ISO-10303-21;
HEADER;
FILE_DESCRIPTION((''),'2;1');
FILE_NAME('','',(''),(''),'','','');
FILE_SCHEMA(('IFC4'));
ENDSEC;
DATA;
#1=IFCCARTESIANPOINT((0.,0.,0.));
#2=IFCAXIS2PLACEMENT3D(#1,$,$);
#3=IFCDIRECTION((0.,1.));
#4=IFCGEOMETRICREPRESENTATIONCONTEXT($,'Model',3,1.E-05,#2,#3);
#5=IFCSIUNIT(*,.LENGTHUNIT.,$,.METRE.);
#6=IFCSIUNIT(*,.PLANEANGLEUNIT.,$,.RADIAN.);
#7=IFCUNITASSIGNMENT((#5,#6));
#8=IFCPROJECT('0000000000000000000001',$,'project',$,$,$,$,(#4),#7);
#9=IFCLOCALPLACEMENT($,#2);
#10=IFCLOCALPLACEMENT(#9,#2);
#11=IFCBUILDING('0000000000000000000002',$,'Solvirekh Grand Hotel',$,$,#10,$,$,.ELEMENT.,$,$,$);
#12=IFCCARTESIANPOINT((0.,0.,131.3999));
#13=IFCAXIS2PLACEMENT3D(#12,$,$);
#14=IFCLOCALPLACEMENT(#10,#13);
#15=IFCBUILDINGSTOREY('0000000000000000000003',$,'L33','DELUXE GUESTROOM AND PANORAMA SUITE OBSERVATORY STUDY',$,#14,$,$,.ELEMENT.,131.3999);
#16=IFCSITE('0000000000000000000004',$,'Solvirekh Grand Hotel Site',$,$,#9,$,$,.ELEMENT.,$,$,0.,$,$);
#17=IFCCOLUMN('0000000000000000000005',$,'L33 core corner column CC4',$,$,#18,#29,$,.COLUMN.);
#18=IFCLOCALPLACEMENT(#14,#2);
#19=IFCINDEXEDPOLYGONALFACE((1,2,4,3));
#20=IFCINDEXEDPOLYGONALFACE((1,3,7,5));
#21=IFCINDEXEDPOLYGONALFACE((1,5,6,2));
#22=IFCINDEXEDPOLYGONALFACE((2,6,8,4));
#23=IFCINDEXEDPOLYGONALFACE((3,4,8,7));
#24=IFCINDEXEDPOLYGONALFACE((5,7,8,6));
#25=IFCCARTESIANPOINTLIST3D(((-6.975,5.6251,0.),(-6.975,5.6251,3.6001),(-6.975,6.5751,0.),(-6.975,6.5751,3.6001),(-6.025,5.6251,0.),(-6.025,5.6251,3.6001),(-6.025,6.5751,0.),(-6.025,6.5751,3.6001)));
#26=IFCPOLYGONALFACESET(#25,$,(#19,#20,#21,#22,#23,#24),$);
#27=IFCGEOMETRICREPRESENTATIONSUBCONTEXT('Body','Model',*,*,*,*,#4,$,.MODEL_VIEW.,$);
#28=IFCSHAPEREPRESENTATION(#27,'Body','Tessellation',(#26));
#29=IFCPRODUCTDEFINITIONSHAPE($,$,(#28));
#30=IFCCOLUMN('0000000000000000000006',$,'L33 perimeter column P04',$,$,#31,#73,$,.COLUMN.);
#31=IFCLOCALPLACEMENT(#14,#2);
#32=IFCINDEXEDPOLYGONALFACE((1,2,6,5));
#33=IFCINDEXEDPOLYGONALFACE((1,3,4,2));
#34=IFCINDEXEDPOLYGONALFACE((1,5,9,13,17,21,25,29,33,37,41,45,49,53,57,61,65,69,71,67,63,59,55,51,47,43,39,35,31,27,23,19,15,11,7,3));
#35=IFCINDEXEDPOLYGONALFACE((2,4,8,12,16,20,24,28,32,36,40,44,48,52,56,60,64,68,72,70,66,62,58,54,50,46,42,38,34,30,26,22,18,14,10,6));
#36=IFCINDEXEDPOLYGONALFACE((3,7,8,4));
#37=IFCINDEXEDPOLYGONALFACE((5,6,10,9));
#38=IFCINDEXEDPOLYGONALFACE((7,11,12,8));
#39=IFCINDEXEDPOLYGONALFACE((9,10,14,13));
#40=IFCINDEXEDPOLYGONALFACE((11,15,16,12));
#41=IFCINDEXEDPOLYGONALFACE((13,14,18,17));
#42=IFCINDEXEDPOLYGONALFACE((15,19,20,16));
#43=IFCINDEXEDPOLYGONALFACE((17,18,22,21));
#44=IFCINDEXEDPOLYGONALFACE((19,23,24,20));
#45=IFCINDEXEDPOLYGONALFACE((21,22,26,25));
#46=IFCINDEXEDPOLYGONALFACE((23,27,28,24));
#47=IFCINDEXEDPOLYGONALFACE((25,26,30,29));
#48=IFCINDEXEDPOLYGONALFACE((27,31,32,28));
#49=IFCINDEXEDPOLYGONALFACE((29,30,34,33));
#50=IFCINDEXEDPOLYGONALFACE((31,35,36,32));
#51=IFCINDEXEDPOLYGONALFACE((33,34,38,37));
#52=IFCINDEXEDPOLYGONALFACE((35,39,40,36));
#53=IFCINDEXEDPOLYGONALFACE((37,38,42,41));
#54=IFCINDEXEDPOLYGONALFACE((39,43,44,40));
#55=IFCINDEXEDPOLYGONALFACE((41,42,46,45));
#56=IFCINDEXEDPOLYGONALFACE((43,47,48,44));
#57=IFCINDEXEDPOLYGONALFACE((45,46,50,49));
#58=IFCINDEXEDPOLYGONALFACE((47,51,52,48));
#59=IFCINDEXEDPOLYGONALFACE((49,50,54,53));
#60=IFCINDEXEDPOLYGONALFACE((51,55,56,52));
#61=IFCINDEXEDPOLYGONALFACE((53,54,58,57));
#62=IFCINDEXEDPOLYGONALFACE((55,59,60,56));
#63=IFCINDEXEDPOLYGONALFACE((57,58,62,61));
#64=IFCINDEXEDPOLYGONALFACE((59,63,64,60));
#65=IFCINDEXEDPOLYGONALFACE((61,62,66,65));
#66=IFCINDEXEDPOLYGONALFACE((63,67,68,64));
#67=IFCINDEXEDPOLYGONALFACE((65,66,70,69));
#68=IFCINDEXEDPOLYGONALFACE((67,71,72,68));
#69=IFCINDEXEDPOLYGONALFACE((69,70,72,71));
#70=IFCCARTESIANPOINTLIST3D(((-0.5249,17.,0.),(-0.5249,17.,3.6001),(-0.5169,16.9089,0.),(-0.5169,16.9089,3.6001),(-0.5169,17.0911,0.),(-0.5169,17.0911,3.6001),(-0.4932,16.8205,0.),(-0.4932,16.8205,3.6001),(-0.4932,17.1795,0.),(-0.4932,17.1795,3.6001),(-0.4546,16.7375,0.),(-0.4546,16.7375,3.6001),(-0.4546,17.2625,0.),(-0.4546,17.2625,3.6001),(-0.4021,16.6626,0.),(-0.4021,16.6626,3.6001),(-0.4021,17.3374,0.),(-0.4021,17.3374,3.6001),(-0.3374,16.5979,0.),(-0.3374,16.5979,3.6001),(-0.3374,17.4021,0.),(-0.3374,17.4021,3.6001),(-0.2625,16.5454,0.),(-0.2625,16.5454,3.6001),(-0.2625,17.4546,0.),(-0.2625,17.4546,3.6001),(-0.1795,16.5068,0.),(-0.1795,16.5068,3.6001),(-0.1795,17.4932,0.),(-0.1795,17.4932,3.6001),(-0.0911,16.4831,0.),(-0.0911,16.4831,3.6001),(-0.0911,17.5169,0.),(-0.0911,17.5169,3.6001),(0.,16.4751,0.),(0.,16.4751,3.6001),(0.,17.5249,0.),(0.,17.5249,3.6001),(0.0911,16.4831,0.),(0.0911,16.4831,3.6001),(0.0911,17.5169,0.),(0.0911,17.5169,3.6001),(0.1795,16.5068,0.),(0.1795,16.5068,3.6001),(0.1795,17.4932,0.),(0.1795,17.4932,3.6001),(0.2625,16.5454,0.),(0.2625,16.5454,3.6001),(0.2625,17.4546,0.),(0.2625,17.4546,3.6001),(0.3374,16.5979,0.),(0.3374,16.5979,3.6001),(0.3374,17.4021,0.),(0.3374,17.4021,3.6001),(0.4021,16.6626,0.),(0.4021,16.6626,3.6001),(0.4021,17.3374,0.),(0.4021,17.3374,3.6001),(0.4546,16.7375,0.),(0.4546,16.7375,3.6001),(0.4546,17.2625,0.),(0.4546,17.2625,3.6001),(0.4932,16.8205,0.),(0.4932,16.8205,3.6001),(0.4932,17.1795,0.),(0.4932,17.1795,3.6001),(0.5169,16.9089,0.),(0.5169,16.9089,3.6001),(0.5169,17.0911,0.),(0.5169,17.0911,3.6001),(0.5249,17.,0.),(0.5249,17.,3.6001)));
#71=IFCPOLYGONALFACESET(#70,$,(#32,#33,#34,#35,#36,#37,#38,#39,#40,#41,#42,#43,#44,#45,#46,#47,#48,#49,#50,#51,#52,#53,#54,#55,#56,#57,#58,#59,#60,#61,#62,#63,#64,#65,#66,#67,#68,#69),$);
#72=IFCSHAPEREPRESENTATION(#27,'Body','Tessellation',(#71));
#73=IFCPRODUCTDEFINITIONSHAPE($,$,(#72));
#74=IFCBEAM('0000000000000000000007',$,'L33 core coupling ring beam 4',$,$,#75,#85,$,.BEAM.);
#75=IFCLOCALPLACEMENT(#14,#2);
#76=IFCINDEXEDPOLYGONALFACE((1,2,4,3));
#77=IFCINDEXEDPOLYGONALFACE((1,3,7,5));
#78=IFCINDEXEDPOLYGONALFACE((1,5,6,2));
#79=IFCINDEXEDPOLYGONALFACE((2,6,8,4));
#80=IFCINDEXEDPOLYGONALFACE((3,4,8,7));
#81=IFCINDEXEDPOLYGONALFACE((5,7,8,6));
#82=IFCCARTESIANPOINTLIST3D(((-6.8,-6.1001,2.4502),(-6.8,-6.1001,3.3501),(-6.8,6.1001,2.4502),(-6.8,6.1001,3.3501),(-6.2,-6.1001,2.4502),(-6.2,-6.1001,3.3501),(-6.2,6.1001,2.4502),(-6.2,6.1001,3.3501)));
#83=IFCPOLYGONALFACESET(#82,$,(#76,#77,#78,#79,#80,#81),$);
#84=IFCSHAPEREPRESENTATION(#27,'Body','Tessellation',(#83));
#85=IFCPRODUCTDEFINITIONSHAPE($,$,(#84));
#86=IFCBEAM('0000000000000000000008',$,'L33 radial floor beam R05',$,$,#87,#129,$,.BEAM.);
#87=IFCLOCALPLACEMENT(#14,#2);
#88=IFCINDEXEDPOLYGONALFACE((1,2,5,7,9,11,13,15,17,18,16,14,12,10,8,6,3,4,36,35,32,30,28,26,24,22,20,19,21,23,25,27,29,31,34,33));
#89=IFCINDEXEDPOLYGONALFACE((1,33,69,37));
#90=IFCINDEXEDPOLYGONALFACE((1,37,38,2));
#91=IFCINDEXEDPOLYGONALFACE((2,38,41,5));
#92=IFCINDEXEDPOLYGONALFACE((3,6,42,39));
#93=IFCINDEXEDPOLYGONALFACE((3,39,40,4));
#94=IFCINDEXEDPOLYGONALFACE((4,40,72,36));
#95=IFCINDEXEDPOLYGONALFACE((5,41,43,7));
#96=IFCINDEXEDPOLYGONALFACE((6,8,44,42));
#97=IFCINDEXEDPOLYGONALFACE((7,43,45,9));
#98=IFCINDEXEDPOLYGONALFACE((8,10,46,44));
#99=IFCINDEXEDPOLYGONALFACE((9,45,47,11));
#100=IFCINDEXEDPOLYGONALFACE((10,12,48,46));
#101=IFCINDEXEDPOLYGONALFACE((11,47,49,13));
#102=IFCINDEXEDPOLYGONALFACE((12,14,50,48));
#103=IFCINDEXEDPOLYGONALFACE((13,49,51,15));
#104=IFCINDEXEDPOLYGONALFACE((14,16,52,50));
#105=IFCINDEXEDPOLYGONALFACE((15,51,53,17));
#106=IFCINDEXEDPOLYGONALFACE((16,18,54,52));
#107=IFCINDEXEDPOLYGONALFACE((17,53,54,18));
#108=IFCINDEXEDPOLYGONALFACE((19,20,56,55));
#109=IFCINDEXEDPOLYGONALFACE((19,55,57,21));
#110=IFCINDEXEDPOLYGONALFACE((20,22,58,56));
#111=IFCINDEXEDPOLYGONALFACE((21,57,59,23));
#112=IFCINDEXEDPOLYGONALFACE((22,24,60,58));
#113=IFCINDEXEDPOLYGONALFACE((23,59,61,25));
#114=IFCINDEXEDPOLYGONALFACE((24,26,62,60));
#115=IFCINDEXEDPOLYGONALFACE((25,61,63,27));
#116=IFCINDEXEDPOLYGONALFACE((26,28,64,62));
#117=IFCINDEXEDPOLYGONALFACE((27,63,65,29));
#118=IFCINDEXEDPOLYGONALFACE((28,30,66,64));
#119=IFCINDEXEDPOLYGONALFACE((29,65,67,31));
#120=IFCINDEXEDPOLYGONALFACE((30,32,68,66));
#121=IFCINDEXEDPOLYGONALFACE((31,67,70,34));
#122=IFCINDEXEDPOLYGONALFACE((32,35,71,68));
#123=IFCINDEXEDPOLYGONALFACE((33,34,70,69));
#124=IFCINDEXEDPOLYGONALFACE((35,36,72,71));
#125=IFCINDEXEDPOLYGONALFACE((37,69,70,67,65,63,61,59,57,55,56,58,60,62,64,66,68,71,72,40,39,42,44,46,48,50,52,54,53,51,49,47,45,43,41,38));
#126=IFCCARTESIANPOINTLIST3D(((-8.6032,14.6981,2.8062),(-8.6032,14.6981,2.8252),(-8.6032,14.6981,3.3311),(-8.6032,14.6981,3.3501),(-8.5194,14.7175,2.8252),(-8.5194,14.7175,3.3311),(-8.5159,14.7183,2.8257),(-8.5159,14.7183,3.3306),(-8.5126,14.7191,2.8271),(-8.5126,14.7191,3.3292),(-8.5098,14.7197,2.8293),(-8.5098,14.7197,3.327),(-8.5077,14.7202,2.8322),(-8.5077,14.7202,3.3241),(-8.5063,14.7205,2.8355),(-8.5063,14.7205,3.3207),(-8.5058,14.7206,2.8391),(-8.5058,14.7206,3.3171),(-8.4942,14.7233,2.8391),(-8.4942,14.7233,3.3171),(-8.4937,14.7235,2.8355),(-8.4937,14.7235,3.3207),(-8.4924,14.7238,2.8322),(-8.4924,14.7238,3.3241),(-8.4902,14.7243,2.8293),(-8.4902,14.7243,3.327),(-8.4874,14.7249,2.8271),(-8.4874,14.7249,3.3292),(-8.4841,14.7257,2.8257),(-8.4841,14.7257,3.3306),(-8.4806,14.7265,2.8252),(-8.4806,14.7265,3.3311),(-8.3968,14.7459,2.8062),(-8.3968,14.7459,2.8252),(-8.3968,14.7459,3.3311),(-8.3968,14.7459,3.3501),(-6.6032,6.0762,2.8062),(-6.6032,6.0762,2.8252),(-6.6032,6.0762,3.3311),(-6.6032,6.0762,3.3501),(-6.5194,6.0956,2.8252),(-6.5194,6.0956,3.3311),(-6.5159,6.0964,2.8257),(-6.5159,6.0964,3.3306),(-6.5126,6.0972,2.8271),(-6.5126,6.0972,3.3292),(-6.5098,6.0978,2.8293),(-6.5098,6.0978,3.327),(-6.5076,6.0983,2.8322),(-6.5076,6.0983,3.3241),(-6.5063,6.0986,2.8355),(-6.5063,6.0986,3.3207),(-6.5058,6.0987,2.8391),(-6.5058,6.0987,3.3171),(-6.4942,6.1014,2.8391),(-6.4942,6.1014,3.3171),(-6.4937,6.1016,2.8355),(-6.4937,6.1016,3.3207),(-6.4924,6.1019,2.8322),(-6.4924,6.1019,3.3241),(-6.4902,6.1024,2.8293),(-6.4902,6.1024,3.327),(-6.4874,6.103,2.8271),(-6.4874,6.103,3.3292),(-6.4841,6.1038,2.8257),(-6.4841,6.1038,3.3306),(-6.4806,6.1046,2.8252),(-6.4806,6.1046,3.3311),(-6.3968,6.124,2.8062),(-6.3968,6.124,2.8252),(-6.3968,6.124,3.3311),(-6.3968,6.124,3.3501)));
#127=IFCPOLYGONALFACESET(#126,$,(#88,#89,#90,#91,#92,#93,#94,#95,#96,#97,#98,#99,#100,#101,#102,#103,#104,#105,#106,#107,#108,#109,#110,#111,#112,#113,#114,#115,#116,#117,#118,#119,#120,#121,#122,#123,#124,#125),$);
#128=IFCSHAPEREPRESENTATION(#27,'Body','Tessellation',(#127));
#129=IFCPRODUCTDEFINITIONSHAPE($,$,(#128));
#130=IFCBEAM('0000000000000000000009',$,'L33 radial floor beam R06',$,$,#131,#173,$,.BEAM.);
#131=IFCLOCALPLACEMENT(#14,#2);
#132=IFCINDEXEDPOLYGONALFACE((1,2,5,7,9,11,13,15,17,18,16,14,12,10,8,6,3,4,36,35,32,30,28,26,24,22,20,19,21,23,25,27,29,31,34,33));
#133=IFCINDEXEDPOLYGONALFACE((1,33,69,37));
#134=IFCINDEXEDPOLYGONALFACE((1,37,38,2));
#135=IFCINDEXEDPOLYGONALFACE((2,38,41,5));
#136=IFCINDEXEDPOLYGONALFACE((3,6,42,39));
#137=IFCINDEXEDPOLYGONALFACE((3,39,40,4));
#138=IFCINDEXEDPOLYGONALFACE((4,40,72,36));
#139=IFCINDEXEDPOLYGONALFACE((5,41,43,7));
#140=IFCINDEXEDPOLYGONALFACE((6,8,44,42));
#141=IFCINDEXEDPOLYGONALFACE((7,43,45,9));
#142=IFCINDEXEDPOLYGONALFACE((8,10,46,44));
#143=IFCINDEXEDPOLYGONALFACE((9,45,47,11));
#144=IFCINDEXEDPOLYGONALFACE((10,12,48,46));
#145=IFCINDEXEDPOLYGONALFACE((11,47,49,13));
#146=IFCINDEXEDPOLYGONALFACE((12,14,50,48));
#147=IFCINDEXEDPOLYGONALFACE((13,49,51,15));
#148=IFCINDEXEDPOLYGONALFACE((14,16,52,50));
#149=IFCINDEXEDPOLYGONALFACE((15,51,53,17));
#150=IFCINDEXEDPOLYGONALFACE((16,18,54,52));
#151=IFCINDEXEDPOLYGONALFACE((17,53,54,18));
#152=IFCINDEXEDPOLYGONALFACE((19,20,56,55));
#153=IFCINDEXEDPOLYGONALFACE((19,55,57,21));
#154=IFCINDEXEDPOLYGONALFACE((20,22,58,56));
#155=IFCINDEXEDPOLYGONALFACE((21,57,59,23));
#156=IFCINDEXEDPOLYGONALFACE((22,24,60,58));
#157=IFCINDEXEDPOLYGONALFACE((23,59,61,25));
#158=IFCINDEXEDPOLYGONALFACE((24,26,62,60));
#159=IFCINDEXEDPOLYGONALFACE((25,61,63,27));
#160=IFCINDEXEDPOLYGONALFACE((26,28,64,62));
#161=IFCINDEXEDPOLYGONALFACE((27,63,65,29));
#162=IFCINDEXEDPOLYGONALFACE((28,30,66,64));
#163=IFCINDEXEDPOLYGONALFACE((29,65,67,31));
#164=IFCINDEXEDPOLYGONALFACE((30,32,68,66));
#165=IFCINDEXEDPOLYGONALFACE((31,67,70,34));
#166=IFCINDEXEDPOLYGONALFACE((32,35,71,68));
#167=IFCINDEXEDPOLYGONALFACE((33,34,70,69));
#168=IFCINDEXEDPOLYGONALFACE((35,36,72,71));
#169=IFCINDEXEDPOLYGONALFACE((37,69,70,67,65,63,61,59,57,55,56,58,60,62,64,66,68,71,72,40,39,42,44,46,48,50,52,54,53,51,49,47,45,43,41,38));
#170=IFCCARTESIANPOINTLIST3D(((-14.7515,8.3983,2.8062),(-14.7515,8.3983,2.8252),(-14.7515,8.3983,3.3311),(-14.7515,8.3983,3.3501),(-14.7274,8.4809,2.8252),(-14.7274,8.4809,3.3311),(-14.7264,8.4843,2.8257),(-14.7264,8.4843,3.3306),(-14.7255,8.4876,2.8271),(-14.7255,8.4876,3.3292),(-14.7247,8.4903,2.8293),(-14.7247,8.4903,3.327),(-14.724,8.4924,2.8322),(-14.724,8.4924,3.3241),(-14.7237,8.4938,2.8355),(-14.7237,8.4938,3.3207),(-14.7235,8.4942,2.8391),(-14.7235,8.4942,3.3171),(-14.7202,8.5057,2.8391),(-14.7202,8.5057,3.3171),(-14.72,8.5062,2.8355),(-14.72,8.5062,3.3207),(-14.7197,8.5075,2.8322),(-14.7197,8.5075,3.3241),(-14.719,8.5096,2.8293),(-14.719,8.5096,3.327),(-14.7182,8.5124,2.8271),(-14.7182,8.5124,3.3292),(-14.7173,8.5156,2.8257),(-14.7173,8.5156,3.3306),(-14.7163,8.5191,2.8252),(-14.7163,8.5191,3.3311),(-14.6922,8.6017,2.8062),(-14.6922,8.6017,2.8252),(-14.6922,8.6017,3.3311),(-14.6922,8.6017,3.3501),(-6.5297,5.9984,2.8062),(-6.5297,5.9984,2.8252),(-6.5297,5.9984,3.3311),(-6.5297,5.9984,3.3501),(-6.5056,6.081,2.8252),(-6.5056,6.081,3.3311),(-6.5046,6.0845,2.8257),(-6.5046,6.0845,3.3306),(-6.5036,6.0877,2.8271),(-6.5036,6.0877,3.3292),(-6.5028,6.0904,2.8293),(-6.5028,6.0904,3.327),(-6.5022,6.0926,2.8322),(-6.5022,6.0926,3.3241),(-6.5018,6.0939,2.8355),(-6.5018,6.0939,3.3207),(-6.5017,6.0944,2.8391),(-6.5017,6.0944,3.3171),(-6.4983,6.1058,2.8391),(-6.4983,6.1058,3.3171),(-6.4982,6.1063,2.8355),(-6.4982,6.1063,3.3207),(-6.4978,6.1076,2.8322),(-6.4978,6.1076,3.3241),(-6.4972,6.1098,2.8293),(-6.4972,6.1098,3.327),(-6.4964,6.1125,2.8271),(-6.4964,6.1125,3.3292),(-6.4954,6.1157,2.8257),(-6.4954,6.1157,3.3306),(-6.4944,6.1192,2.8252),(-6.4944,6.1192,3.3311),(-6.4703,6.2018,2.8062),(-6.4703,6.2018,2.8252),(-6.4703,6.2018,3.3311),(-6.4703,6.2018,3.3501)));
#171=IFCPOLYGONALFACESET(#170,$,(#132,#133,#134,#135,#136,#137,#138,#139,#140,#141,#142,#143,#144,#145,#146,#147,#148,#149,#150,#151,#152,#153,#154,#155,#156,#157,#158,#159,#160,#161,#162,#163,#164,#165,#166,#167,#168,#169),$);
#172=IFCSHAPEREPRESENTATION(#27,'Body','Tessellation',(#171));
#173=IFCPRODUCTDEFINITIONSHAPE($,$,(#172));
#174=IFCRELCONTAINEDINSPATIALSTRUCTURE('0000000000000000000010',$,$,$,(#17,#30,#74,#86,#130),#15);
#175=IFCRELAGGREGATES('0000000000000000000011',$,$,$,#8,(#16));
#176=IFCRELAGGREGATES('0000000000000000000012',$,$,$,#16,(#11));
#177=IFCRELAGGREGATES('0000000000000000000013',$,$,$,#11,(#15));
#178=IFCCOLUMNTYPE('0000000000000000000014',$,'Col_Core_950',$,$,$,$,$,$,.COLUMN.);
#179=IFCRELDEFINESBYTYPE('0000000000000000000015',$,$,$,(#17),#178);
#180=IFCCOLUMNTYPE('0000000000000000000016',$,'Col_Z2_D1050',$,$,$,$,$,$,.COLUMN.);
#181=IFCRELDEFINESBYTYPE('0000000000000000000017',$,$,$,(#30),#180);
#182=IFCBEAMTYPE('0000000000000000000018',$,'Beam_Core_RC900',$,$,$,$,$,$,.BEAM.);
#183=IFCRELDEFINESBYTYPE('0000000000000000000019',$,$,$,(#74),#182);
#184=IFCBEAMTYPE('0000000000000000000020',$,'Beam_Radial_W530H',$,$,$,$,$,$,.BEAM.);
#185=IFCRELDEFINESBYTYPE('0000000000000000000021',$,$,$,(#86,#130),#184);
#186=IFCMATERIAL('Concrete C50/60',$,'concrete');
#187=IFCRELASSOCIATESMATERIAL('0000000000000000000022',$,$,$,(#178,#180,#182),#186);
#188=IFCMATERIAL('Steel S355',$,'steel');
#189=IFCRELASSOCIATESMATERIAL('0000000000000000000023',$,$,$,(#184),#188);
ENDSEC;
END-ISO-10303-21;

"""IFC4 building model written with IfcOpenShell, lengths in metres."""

from ifc_helpers import new_model, si_unit, direction, frame, origin, origin_2d, place, context, subcontext, project, spatial, rectangle, circle, i_section, extrude, material, material_profile, profile_set, type_object, element, save


model = new_model("IFC4")

# Units and contexts
model_context = context("Model", 3, precision=1e-05, world=origin(), true_north=direction((0.0, 1.0)))
body_context = subcontext(model_context, "Body", "Model", "MODEL_VIEW")
ifc_project = project(units=[si_unit("LENGTHUNIT", "METRE"), si_unit("PLANEANGLEUNIT", "RADIAN")], contexts=[model_context])

# Site, building, storey
site_placement = place(None, origin())
site = spatial("IfcSite", under=ifc_project, at=site_placement, Name="Solvirekh Grand Hotel Site", CompositionType="ELEMENT", RefElevation=0.0)
building_placement = place(site_placement, origin())
building = spatial("IfcBuilding", under=site, at=building_placement, Name="Solvirekh Grand Hotel", CompositionType="ELEMENT")
storey_placement = place(building_placement, frame((0.0, 0.0, 131.3999)))
storey = spatial("IfcBuildingStorey", under=building, at=storey_placement, Name="L33", Description="DELUXE GUESTROOM AND PANORAMA SUITE OBSERVATORY STUDY", CompositionType="ELEMENT", Elevation=131.3999)

# Columns
ifc_material_1 = material(Name="Concrete C50/60", Category="concrete")
ifc_material_profile_1 = material_profile(ifc_material_1, rectangle(XDim=0.95, YDim=0.95, at=origin_2d()), Name="RC 950X950")
ifc_profile_set_1 = profile_set([ifc_material_profile_1], Name="Concrete C50/60")
column_type_1 = type_object("IfcColumnType", Name="Col_Core_950", PredefinedType="COLUMN", material=ifc_profile_set_1)
column_1_placement = place(storey_placement, frame((-6.5, 6.1001, 0.0), z_axis=(0.0, 0.0, 1.0), x_axis=(1.0, 0.0, 0.0)))
element("IfcColumn", 1, at=column_1_placement, inside=storey, type_object=column_type_1, Name="L33 core corner column CC4", PredefinedType="COLUMN", context=body_context, shape_type="SweptSolid", body=[
    extrude(rectangle(XDim=0.95, YDim=0.95, at=origin_2d()), origin(), (0.0, 0.0, 1.0), 3.6001),
])
ifc_material_profile_2 = material_profile(ifc_material_1, circle(Radius=0.5249, at=origin_2d()), Name="RC CIRC D1050")
ifc_profile_set_2 = profile_set([ifc_material_profile_2], Name="Concrete C50/60")
column_type_2 = type_object("IfcColumnType", Name="Col_Z2_D1050", PredefinedType="COLUMN", material=ifc_profile_set_2)
column_2_placement = place(storey_placement, frame((0.0, 17.0, 0.0), z_axis=(0.0, 0.0, 1.0), x_axis=(1.0, 0.0, 0.0)))
element("IfcColumn", 2, at=column_2_placement, inside=storey, type_object=column_type_2, Name="L33 perimeter column P04", PredefinedType="COLUMN", context=body_context, shape_type="SweptSolid", body=[
    extrude(circle(Radius=0.5249, at=origin_2d()), origin(), (0.0, 0.0, 1.0), 3.6001),
])

# Beams
ifc_material_profile_3 = material_profile(ifc_material_1, rectangle(XDim=0.6001, YDim=0.8999, at=origin_2d()), Name="RC BEAM 600X900")
ifc_profile_set_3 = profile_set([ifc_material_profile_3], Name="Concrete C50/60")
beam_type_1 = type_object("IfcBeamType", Name="Beam_Core_RC900", PredefinedType="BEAM", material=ifc_profile_set_3)
beam_1_placement = place(storey_placement, frame((-6.5, 6.1001, 2.9001), z_axis=(0.0, -1.0, 0.0), x_axis=(1.0, 0.0, 0.0)))
element("IfcBeam", 3, at=beam_1_placement, inside=storey, type_object=beam_type_1, Name="L33 core coupling ring beam 4", PredefinedType="BEAM", context=body_context, shape_type="SweptSolid", body=[
    extrude(rectangle(XDim=0.6001, YDim=0.8999, at=origin_2d()), origin(), (0.0, 0.0, 1.0), 12.2002),
])
ifc_material_2 = material(Name="Steel S355", Category="steel")
ifc_material_profile_4 = material_profile(ifc_material_2, i_section(OverallWidth=0.2119, OverallDepth=0.5439, WebThickness=0.012, FlangeThickness=0.019, FilletRadius=0.0139, at=origin_2d()), Name="W530X123")
ifc_profile_set_4 = profile_set([ifc_material_profile_4], Name="Steel S355")
beam_type_2 = type_object("IfcBeamType", Name="Beam_Radial_W530H", PredefinedType="BEAM", material=ifc_profile_set_4)
beam_2_placement = place(storey_placement, frame((-6.5, 6.1001, 3.0781), z_axis=(-0.225969, 0.974134, 0.0), x_axis=(-0.974134, -0.225969, 0.0)))
element("IfcBeam", 4, at=beam_2_placement, inside=storey, type_object=beam_type_2, Name="L33 radial floor beam R05", PredefinedType="BEAM", context=body_context, shape_type="SweptSolid", body=[
    extrude(i_section(OverallWidth=0.2119, OverallDepth=0.5439, WebThickness=0.012, FlangeThickness=0.019, FilletRadius=0.0139, at=origin_2d()), origin(), (0.0, 0.0, 1.0), 8.8508),
])
beam_3_placement = place(storey_placement, frame((-6.5, 6.1001, 3.0781), z_axis=(-0.959942, 0.280198, 0.0), x_axis=(-0.280198, -0.959942, 0.0)))
element("IfcBeam", 5, at=beam_3_placement, inside=storey, type_object=beam_type_2, Name="L33 radial floor beam R06", PredefinedType="BEAM", context=body_context, shape_type="SweptSolid", body=[
    extrude(i_section(OverallWidth=0.2119, OverallDepth=0.5439, WebThickness=0.012, FlangeThickness=0.019, FilletRadius=0.0139, at=origin_2d()), origin(), (0.0, 0.0, 1.0), 8.5649),
])

save(model, "model.ifc")
